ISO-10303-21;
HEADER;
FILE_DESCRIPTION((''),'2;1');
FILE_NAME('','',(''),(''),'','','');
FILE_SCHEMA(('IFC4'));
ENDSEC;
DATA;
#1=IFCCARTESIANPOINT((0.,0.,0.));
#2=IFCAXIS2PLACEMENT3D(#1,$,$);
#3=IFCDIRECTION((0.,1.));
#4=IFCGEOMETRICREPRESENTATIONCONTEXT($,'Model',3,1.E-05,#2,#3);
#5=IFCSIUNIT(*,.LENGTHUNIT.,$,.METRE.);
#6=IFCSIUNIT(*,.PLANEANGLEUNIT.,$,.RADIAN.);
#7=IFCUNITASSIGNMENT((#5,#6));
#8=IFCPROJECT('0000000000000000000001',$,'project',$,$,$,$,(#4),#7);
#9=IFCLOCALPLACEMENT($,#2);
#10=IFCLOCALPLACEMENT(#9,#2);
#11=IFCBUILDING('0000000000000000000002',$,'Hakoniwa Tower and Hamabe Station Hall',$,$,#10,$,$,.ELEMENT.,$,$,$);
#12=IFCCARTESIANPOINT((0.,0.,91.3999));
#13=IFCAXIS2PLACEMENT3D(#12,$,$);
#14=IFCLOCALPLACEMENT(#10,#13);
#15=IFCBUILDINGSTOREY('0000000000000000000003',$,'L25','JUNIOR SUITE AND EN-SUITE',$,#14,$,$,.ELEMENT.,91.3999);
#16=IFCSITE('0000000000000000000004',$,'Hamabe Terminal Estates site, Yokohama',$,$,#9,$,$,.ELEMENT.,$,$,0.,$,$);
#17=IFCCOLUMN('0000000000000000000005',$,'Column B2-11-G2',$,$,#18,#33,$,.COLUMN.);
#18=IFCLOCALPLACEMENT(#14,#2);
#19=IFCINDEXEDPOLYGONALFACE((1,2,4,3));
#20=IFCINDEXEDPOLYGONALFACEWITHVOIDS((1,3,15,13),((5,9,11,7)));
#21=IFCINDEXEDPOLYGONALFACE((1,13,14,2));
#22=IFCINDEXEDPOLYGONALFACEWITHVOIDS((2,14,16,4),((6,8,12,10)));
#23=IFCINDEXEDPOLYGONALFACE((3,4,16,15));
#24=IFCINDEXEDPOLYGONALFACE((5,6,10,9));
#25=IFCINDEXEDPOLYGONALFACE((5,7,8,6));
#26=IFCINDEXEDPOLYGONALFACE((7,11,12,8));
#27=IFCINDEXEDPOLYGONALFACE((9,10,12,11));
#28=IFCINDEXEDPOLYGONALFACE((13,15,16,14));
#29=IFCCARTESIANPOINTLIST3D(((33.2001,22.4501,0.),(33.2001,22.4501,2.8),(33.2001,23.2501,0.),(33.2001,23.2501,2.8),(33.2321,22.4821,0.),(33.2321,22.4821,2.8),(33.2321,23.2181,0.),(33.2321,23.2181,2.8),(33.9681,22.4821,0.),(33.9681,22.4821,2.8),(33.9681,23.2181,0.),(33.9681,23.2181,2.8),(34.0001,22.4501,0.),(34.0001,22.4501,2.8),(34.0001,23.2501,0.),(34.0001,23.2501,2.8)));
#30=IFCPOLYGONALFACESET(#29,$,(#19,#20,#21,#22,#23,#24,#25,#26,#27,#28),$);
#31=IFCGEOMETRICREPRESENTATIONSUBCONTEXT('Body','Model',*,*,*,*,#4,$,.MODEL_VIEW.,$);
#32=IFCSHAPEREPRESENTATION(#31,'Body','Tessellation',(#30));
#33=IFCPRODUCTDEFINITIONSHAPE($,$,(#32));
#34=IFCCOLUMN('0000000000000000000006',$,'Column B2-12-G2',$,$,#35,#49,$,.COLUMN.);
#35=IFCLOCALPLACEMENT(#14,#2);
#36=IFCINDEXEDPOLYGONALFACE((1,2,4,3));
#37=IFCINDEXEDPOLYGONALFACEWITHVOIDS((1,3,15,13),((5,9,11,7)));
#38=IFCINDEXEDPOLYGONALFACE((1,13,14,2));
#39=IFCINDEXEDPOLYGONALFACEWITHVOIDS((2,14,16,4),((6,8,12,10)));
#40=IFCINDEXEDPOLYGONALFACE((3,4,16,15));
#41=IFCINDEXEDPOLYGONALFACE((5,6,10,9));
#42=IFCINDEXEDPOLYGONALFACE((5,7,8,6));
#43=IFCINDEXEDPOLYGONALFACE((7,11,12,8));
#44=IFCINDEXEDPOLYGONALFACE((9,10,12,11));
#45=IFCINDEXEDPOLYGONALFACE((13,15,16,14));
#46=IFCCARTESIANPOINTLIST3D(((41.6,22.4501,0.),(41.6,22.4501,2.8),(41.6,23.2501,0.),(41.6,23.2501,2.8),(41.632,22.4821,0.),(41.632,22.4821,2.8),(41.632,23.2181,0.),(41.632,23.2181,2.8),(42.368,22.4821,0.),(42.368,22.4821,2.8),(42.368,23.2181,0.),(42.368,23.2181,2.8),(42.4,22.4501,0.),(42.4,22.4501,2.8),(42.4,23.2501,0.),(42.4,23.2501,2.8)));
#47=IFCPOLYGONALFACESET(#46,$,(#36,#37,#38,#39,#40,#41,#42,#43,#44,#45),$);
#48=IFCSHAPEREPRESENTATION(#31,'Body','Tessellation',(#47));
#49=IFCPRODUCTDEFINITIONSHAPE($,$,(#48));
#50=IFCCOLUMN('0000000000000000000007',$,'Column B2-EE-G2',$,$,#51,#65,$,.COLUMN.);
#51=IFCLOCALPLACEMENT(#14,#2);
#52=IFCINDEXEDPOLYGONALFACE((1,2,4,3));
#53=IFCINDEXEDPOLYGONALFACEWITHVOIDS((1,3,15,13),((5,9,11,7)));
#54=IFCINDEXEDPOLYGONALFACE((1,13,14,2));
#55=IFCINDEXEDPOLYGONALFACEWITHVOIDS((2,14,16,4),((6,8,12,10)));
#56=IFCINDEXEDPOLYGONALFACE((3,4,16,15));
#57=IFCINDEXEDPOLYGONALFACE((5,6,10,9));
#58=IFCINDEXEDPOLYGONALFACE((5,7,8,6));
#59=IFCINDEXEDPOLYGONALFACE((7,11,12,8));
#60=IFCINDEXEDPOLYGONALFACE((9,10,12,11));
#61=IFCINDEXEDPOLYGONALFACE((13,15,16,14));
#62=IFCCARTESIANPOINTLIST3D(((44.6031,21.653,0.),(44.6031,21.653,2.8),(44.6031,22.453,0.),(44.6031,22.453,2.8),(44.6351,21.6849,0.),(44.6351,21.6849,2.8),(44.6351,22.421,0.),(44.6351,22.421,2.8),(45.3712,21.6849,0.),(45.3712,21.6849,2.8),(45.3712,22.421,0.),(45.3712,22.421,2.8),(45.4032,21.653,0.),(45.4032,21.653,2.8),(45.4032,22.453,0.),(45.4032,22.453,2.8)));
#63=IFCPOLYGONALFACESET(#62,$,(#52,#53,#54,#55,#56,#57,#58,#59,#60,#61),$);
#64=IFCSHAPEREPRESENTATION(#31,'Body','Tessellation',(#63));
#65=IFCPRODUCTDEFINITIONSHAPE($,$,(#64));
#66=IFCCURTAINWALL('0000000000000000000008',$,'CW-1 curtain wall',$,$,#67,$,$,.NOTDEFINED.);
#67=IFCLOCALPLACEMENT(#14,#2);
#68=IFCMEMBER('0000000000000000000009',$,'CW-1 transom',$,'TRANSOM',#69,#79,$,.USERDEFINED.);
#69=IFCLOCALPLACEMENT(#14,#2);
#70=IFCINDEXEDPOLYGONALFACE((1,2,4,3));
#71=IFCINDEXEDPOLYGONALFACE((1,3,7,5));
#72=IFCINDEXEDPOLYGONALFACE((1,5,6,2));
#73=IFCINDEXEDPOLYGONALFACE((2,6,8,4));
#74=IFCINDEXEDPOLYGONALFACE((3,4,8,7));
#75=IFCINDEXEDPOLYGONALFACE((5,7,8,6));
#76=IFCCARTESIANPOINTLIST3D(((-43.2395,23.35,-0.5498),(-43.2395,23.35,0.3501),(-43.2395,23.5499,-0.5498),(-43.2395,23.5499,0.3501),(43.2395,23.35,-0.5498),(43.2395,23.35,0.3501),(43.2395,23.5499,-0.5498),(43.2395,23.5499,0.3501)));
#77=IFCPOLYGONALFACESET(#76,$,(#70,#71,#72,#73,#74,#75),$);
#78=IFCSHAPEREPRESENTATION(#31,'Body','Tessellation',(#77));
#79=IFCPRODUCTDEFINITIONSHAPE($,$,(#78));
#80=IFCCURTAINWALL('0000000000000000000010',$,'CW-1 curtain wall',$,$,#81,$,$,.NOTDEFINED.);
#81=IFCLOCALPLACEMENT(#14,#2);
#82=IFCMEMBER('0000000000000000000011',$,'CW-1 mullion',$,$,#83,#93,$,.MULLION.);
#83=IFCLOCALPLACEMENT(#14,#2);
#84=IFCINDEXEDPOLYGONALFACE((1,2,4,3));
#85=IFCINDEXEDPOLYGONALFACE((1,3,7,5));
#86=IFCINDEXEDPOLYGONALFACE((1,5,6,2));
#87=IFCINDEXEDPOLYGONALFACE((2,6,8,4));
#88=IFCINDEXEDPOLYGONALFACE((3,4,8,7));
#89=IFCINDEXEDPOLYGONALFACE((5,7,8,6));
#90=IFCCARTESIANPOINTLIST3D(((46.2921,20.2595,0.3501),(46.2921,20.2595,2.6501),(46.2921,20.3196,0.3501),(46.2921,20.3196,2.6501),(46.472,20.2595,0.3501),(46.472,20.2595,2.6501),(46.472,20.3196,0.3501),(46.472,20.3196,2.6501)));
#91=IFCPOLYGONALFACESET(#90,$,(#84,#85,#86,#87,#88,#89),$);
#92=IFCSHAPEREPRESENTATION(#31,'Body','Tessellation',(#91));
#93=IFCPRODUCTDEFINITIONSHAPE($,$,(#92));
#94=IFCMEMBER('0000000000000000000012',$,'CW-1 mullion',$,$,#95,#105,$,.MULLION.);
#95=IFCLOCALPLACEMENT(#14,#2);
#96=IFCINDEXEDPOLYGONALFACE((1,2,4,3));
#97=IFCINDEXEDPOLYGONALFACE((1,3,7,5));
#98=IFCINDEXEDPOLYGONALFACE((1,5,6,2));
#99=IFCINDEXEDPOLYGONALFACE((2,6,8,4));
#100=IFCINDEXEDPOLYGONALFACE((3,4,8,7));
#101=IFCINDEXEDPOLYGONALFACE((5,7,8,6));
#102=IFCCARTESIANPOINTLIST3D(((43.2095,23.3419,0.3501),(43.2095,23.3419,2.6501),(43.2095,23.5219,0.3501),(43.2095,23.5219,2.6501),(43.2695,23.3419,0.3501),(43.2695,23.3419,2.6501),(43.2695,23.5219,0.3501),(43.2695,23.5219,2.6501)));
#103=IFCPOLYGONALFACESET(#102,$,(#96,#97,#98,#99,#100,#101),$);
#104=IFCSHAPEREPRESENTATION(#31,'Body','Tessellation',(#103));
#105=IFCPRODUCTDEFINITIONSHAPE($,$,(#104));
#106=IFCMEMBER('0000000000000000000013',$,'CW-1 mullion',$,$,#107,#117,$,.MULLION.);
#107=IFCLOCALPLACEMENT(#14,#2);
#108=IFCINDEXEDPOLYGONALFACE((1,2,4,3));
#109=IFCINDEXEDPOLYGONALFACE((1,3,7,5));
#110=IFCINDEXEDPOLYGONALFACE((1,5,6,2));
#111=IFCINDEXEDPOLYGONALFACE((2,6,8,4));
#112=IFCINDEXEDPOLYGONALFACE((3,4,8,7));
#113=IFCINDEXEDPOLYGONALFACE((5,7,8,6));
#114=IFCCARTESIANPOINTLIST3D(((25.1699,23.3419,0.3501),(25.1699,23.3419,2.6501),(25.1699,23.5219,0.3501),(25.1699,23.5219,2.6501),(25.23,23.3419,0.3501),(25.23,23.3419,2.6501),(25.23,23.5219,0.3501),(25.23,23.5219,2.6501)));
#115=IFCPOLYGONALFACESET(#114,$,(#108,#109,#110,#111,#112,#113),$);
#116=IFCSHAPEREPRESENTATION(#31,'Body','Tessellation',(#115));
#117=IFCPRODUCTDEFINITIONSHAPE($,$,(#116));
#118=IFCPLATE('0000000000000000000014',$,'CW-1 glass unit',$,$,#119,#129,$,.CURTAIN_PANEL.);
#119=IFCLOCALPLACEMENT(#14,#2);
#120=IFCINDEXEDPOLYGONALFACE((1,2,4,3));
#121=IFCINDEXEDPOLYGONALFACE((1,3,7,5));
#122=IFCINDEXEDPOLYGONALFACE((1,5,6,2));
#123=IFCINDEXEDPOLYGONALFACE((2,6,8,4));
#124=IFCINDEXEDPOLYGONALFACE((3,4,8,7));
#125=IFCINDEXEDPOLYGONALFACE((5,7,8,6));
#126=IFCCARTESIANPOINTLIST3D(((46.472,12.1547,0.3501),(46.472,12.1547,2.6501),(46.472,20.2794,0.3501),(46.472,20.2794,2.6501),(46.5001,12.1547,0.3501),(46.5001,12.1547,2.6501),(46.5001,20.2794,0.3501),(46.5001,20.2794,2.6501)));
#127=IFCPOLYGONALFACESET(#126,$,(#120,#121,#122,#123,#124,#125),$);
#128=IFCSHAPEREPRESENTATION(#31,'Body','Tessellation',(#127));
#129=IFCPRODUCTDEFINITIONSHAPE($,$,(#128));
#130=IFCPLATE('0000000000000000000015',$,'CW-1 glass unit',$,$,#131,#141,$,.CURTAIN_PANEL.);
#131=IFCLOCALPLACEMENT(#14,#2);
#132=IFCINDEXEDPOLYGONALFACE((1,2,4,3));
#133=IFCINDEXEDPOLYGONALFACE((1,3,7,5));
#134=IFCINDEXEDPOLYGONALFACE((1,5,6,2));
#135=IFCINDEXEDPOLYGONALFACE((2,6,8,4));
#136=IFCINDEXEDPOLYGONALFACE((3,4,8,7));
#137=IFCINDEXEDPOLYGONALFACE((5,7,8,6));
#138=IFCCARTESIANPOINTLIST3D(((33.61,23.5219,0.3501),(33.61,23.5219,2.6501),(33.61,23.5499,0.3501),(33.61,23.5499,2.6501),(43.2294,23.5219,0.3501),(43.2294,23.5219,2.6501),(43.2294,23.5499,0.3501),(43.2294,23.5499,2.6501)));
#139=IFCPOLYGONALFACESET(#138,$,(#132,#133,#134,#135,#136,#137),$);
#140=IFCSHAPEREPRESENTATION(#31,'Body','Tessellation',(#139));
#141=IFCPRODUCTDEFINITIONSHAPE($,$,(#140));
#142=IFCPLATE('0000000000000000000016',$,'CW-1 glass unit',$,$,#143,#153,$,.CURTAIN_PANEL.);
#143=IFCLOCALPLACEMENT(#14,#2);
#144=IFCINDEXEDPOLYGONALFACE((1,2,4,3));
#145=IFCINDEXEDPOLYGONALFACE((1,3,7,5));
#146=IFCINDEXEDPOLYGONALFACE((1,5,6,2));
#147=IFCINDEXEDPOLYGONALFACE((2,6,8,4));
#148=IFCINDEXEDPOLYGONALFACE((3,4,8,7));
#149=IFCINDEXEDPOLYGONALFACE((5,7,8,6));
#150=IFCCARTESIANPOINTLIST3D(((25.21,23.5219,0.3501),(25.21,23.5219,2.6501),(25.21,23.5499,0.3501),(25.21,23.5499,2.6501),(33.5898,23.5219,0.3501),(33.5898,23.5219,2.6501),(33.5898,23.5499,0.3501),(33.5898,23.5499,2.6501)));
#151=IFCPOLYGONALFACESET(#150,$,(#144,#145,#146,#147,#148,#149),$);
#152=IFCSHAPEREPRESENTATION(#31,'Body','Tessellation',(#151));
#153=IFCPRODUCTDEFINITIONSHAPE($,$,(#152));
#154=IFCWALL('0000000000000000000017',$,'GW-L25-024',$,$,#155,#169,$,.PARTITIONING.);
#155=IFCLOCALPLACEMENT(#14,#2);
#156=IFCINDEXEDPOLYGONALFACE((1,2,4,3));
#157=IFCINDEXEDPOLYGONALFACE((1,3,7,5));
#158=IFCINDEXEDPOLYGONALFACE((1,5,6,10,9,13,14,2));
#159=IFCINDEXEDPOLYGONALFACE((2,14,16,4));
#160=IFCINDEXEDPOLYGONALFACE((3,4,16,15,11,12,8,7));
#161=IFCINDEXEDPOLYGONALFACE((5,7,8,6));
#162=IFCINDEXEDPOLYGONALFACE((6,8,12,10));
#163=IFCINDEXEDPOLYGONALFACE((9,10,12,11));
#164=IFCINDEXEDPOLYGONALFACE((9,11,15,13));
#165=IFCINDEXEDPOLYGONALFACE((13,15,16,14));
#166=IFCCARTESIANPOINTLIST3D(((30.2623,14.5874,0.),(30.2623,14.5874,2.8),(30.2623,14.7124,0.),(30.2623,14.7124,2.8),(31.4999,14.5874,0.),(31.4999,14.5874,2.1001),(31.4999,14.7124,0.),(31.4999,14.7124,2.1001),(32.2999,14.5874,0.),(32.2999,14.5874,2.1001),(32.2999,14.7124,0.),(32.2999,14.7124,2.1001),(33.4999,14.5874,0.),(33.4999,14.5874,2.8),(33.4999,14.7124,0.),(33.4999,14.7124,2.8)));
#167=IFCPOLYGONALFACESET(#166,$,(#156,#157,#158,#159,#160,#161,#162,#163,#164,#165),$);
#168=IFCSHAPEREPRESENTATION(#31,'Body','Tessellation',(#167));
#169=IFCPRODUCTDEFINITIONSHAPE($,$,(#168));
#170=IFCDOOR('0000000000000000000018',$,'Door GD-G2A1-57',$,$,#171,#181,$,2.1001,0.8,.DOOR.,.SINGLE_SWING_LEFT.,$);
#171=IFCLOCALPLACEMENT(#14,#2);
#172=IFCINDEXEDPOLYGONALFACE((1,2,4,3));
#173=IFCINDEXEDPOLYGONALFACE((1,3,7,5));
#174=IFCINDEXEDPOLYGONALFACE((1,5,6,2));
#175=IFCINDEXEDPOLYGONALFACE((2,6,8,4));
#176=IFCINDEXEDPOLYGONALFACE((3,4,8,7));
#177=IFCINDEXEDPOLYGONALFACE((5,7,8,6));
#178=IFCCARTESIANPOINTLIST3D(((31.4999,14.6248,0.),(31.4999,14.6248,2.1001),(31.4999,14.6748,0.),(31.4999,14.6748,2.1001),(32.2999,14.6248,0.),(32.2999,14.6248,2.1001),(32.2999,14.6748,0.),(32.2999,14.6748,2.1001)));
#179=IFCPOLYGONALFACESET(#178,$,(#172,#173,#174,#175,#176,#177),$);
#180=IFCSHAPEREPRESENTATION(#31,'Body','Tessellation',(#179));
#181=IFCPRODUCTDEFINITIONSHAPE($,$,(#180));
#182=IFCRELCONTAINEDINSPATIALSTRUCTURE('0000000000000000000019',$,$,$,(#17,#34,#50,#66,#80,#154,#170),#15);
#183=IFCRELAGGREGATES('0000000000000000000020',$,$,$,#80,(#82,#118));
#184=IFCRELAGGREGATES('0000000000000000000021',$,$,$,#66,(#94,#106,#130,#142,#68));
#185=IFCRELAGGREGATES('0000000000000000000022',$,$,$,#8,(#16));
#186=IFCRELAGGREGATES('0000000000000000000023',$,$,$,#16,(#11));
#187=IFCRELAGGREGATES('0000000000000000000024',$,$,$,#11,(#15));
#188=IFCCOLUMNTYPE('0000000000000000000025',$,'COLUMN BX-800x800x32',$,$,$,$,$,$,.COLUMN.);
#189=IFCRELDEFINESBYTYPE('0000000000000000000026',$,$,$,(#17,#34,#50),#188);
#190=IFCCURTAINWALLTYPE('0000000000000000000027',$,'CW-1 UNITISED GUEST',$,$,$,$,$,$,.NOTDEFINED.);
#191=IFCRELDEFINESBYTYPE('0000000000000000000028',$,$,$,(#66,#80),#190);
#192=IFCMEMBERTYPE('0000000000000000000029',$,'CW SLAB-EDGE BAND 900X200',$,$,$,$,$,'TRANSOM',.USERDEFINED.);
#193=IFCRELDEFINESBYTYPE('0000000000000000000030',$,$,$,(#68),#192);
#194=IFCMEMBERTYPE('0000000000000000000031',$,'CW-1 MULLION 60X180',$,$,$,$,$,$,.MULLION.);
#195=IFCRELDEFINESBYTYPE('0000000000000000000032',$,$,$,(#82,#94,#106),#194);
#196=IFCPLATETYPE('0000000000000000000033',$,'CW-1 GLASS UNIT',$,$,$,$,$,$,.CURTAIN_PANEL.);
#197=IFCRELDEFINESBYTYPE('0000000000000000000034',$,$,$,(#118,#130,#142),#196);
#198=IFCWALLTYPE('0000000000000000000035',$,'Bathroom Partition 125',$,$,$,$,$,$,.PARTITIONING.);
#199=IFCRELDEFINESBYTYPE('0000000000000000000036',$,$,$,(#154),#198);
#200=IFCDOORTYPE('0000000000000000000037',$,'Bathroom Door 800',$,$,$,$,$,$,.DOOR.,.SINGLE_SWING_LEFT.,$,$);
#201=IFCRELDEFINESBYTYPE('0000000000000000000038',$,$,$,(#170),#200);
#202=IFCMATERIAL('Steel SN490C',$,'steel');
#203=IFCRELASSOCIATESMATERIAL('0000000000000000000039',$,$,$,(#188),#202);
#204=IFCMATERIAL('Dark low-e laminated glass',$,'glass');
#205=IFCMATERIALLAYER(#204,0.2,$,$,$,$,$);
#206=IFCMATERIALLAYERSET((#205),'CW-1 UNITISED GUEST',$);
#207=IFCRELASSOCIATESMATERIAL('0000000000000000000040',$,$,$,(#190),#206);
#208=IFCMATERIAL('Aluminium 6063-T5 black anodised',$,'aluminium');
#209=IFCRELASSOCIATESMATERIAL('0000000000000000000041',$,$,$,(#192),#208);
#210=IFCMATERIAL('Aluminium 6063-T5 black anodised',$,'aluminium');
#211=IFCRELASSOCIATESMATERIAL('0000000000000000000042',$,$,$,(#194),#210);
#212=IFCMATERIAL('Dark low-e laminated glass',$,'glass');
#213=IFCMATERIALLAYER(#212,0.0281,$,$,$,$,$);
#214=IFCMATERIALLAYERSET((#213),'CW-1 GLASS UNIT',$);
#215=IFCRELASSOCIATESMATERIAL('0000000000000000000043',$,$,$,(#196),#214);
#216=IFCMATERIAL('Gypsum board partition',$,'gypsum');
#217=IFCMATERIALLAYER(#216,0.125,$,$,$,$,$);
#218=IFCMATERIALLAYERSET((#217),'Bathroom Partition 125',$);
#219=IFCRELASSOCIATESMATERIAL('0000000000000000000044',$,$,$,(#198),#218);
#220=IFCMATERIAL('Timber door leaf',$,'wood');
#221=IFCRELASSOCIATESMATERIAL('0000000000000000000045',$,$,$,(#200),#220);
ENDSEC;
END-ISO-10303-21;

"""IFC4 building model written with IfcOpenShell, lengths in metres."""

from ifc_helpers import new_model, si_unit, direction, frame, frame_2d, origin, origin_2d, place, context, subcontext, project, spatial, rectangle, hollow_rectangle, extrude, material, layer, layer_set, material_profile, profile_set, type_object, element, fill, aggregate, save


model = new_model("IFC4")

# Units and contexts
model_context = context("Model", 3, precision=1e-05, world=origin(), true_north=direction((0.0, 1.0)))
body_context = subcontext(model_context, "Body", "Model", "MODEL_VIEW")
ifc_project = project(units=[si_unit("LENGTHUNIT", "METRE"), si_unit("PLANEANGLEUNIT", "RADIAN")], contexts=[model_context])

# Site, building, storey
site_placement = place(None, origin())
site = spatial("IfcSite", under=ifc_project, at=site_placement, Name="Hamabe Terminal Estates site, Yokohama", CompositionType="ELEMENT", RefElevation=0.0)
building_placement = place(site_placement, origin())
building = spatial("IfcBuilding", under=site, at=building_placement, Name="Hakoniwa Tower and Hamabe Station Hall", CompositionType="ELEMENT")
storey_placement = place(building_placement, frame((0.0, 0.0, 91.3999)))
storey = spatial("IfcBuildingStorey", under=building, at=storey_placement, Name="L25", Description="JUNIOR SUITE AND EN-SUITE", CompositionType="ELEMENT", Elevation=91.3999)

# Columns
ifc_material_1 = material(Name="Steel SN490C", Category="steel")
ifc_material_profile_1 = material_profile(ifc_material_1, hollow_rectangle(XDim=0.8, YDim=0.8, WallThickness=0.032, at=origin_2d()), Name="BX-800x800x32")
ifc_profile_set_1 = profile_set([ifc_material_profile_1], Name="Steel SN490C")
column_type = type_object("IfcColumnType", Name="COLUMN BX-800x800x32", PredefinedType="COLUMN", material=ifc_profile_set_1)
for number, where, z_axis, x_axis, name in (
    (1, (33.6001, 22.8501, 0.0), (0.0, 0.0, 1.0), (1.0, 0.0, 0.0), "Column B2-11-G2"),
    (2, (42.0, 22.8501, 0.0), (0.0, 0.0, 1.0), (1.0, 0.0, 0.0), "Column B2-12-G2"),
    (3, (45.0032, 22.053, 0.0), (0.0, 0.0, 1.0), (1.0, 0.0, 0.0), "Column B2-EE-G2"),
):
    element("IfcColumn", number, at=place(storey_placement, frame(where, z_axis=z_axis, x_axis=x_axis)), inside=storey, type_object=column_type, Name=name, PredefinedType="COLUMN", context=body_context, shape_type="SweptSolid", body=[
        extrude(hollow_rectangle(XDim=0.8, YDim=0.8, WallThickness=0.032, at=origin_2d()), origin(), (0.0, 0.0, 1.0), 2.8),
    ])

# Curtain walls, members
ifc_material_2 = material(Name="Dark low-e laminated glass", Category="glass")
ifc_layer_1 = layer(ifc_material_2, 0.2)
ifc_layer_set_1 = layer_set([ifc_layer_1], Name="CW-1 UNITISED GUEST")
curtain_wall_type = type_object("IfcCurtainWallType", Name="CW-1 UNITISED GUEST", PredefinedType="NOTDEFINED", material=ifc_layer_set_1)
curtain_wall_1_placement = place(storey_placement, origin())
curtain_wall_1 = element("IfcCurtainWall", 4, at=curtain_wall_1_placement, inside=storey, type_object=curtain_wall_type, Name="CW-1 curtain wall", PredefinedType="NOTDEFINED")
ifc_material_3 = material(Name="Aluminium 6063-T5 black anodised", Category="aluminium")
ifc_material_profile_2 = material_profile(ifc_material_3, rectangle(XDim=0.2, YDim=0.8999, at=origin_2d()), Name="CW SLAB-EDGE BAND 900X200")
ifc_profile_set_2 = profile_set([ifc_material_profile_2], Name="Aluminium 6063-T5 black anodised")
member_type_1 = type_object("IfcMemberType", Name="CW SLAB-EDGE BAND 900X200", ElementType="TRANSOM", PredefinedType="USERDEFINED", material=ifc_profile_set_2)
member_1_placement = place(storey_placement, frame((43.2395, 23.45, -0.0999), z_axis=(-1.0, 0.0, 0.0), x_axis=(0.0, -1.0, 0.0)))
member_1 = element("IfcMember", 5, at=member_1_placement, type_object=member_type_1, Name="CW-1 transom", ObjectType="TRANSOM", PredefinedType="USERDEFINED", context=body_context, shape_type="SweptSolid", body=[
    extrude(rectangle(XDim=0.2, YDim=0.8999, at=origin_2d()), origin(), (0.0, 0.0, 1.0), 86.479),
])
curtain_wall_2_placement = place(storey_placement, origin())
curtain_wall_2 = element("IfcCurtainWall", 6, at=curtain_wall_2_placement, inside=storey, type_object=curtain_wall_type, Name="CW-1 curtain wall", PredefinedType="NOTDEFINED")
ifc_material_4 = material(Name="Aluminium 6063-T5 black anodised", Category="aluminium")
ifc_material_profile_3 = material_profile(ifc_material_4, rectangle(XDim=0.0601, YDim=0.1799, at=origin_2d()), Name="CW-1 MULLION 60X180")
ifc_profile_set_3 = profile_set([ifc_material_profile_3], Name="Aluminium 6063-T5 black anodised")
member_type_2 = type_object("IfcMemberType", Name="CW-1 MULLION 60X180", PredefinedType="MULLION", material=ifc_profile_set_3)
member_2_placement = place(storey_placement, frame((46.3821, 20.2896, 0.3501), z_axis=(0.0, 0.0, 1.0), x_axis=(0.0, 1.0, 0.0)))
member_2 = element("IfcMember", 7, at=member_2_placement, type_object=member_type_2, Name="CW-1 mullion", PredefinedType="MULLION", context=body_context, shape_type="SweptSolid", body=[
    extrude(rectangle(XDim=0.0601, YDim=0.1799, at=origin_2d()), origin(), (0.0, 0.0, 1.0), 2.3),
])

# Members
member_3_placement = place(storey_placement, frame((43.2395, 23.4319, 0.3501), z_axis=(0.0, 0.0, 1.0), x_axis=(-1.0, 0.0, 0.0)))
member_3 = element("IfcMember", 8, at=member_3_placement, type_object=member_type_2, Name="CW-1 mullion", PredefinedType="MULLION", context=body_context, shape_type="SweptSolid", body=[
    extrude(rectangle(XDim=0.0601, YDim=0.1799, at=origin_2d()), origin(), (0.0, 0.0, 1.0), 2.3),
])
member_4_placement = place(storey_placement, frame((25.2, 23.4319, 0.3501), z_axis=(0.0, 0.0, 1.0), x_axis=(-1.0, 0.0, 0.0)))
member_4 = element("IfcMember", 9, at=member_4_placement, type_object=member_type_2, Name="CW-1 mullion", PredefinedType="MULLION", context=body_context, shape_type="SweptSolid", body=[
    extrude(rectangle(XDim=0.0601, YDim=0.1799, at=origin_2d()), origin(), (0.0, 0.0, 1.0), 2.3),
])

# Plates
ifc_material_5 = material(Name="Dark low-e laminated glass", Category="glass")
ifc_layer_2 = layer(ifc_material_5, 0.0281)
ifc_layer_set_2 = layer_set([ifc_layer_2], Name="CW-1 GLASS UNIT")
plate_type = type_object("IfcPlateType", Name="CW-1 GLASS UNIT", PredefinedType="CURTAIN_PANEL", material=ifc_layer_set_2)
plate_1_placement = place(storey_placement, frame((46.4861, 16.217, 0.3501), z_axis=(0.0, 0.0, 1.0), x_axis=(0.0, 1.0, 0.0)))
plate_1 = element("IfcPlate", 10, at=plate_1_placement, type_object=plate_type, Name="CW-1 glass unit", PredefinedType="CURTAIN_PANEL", context=body_context, shape_type="SweptSolid", body=[
    extrude(rectangle(XDim=8.1248, YDim=0.0281, at=origin_2d()), origin(), (0.0, 0.0, 1.0), 2.3),
])
aggregate(curtain_wall_2, [member_2, plate_1])
plate_2_placement = place(storey_placement, frame((38.4197, 23.5359, 0.3501), z_axis=(0.0, 0.0, 1.0), x_axis=(-1.0, 0.0, 0.0)))
plate_2 = element("IfcPlate", 11, at=plate_2_placement, type_object=plate_type, Name="CW-1 glass unit", PredefinedType="CURTAIN_PANEL", context=body_context, shape_type="SweptSolid", body=[
    extrude(rectangle(XDim=9.6194, YDim=0.0281, at=origin_2d()), origin(), (0.0, 0.0, 1.0), 2.3),
])
plate_3_placement = place(storey_placement, frame((29.3999, 23.5359, 0.3501), z_axis=(0.0, 0.0, 1.0), x_axis=(-1.0, 0.0, 0.0)))
plate_3 = element("IfcPlate", 12, at=plate_3_placement, type_object=plate_type, Name="CW-1 glass unit", PredefinedType="CURTAIN_PANEL", context=body_context, shape_type="SweptSolid", body=[
    extrude(rectangle(XDim=8.3799, YDim=0.0281, at=origin_2d()), origin(), (0.0, 0.0, 1.0), 2.3),
])
aggregate(curtain_wall_1, [member_3, member_4, plate_2, plate_3, member_1])

# Wall, opening, door
ifc_material_6 = material(Name="Gypsum board partition", Category="gypsum")
ifc_layer_3 = layer(ifc_material_6, 0.125)
ifc_layer_set_3 = layer_set([ifc_layer_3], Name="Bathroom Partition 125")
wall_type_1 = type_object("IfcWallType", Name="Bathroom Partition 125", PredefinedType="PARTITIONING", material=ifc_layer_set_3)
wall_1_placement = place(storey_placement, frame((30.2625, 14.6499, 0.0), z_axis=(0.0, 0.0, 1.0), x_axis=(1.0, 0.0, 0.0)))
wall_1 = element("IfcWall", 13, at=wall_1_placement, inside=storey, type_object=wall_type_1, Name="GW-L25-024", PredefinedType="PARTITIONING", context=body_context, shape_type="SweptSolid", body=[
    extrude(rectangle(XDim=3.2375, YDim=0.125, at=frame_2d((1.6187, 0.0))), origin(), (0.0, 0.0, 1.0), 2.8),
])
opening_1_placement = place(wall_1_placement, frame((1.2375, 0.0, 0.0)))
opening_1 = element("IfcOpeningElement", 14, at=opening_1_placement, cuts=wall_1, PredefinedType="OPENING", context=body_context, shape_type="SweptSolid", body=[
    extrude(rectangle(XDim=0.8, YDim=2.1001, at=frame_2d((0.3999, 1.05))), frame((0.0, 0.0725, 0.0), z_axis=(0.0, -1.0, 0.0), x_axis=(1.0, 0.0, 0.0)), (0.0, 0.0, 1.0), 0.145),
])
ifc_material_7 = material(Name="Timber door leaf", Category="wood")
door_type = type_object("IfcDoorType", Name="Bathroom Door 800", OperationType="SINGLE_SWING_LEFT", PredefinedType="DOOR", material=ifc_material_7)
door_1_placement = place(opening_1_placement, origin())
door_1 = element("IfcDoor", 15, at=door_1_placement, inside=storey, type_object=door_type, Name="Door GD-G2A1-57", OperationType="SINGLE_SWING_LEFT", OverallHeight=2.1001, OverallWidth=0.8, PredefinedType="DOOR", context=body_context, shape_type="SweptSolid", body=[
    extrude(rectangle(XDim=0.8, YDim=2.1001, at=frame_2d((0.3999, 1.05))), frame((0.0, 0.0249, 0.0), z_axis=(0.0, -1.0, 0.0), x_axis=(1.0, 0.0, 0.0)), (0.0, 0.0, 1.0), 0.05),
])
fill(opening_1, door_1)

save(model, "model.ifc")
